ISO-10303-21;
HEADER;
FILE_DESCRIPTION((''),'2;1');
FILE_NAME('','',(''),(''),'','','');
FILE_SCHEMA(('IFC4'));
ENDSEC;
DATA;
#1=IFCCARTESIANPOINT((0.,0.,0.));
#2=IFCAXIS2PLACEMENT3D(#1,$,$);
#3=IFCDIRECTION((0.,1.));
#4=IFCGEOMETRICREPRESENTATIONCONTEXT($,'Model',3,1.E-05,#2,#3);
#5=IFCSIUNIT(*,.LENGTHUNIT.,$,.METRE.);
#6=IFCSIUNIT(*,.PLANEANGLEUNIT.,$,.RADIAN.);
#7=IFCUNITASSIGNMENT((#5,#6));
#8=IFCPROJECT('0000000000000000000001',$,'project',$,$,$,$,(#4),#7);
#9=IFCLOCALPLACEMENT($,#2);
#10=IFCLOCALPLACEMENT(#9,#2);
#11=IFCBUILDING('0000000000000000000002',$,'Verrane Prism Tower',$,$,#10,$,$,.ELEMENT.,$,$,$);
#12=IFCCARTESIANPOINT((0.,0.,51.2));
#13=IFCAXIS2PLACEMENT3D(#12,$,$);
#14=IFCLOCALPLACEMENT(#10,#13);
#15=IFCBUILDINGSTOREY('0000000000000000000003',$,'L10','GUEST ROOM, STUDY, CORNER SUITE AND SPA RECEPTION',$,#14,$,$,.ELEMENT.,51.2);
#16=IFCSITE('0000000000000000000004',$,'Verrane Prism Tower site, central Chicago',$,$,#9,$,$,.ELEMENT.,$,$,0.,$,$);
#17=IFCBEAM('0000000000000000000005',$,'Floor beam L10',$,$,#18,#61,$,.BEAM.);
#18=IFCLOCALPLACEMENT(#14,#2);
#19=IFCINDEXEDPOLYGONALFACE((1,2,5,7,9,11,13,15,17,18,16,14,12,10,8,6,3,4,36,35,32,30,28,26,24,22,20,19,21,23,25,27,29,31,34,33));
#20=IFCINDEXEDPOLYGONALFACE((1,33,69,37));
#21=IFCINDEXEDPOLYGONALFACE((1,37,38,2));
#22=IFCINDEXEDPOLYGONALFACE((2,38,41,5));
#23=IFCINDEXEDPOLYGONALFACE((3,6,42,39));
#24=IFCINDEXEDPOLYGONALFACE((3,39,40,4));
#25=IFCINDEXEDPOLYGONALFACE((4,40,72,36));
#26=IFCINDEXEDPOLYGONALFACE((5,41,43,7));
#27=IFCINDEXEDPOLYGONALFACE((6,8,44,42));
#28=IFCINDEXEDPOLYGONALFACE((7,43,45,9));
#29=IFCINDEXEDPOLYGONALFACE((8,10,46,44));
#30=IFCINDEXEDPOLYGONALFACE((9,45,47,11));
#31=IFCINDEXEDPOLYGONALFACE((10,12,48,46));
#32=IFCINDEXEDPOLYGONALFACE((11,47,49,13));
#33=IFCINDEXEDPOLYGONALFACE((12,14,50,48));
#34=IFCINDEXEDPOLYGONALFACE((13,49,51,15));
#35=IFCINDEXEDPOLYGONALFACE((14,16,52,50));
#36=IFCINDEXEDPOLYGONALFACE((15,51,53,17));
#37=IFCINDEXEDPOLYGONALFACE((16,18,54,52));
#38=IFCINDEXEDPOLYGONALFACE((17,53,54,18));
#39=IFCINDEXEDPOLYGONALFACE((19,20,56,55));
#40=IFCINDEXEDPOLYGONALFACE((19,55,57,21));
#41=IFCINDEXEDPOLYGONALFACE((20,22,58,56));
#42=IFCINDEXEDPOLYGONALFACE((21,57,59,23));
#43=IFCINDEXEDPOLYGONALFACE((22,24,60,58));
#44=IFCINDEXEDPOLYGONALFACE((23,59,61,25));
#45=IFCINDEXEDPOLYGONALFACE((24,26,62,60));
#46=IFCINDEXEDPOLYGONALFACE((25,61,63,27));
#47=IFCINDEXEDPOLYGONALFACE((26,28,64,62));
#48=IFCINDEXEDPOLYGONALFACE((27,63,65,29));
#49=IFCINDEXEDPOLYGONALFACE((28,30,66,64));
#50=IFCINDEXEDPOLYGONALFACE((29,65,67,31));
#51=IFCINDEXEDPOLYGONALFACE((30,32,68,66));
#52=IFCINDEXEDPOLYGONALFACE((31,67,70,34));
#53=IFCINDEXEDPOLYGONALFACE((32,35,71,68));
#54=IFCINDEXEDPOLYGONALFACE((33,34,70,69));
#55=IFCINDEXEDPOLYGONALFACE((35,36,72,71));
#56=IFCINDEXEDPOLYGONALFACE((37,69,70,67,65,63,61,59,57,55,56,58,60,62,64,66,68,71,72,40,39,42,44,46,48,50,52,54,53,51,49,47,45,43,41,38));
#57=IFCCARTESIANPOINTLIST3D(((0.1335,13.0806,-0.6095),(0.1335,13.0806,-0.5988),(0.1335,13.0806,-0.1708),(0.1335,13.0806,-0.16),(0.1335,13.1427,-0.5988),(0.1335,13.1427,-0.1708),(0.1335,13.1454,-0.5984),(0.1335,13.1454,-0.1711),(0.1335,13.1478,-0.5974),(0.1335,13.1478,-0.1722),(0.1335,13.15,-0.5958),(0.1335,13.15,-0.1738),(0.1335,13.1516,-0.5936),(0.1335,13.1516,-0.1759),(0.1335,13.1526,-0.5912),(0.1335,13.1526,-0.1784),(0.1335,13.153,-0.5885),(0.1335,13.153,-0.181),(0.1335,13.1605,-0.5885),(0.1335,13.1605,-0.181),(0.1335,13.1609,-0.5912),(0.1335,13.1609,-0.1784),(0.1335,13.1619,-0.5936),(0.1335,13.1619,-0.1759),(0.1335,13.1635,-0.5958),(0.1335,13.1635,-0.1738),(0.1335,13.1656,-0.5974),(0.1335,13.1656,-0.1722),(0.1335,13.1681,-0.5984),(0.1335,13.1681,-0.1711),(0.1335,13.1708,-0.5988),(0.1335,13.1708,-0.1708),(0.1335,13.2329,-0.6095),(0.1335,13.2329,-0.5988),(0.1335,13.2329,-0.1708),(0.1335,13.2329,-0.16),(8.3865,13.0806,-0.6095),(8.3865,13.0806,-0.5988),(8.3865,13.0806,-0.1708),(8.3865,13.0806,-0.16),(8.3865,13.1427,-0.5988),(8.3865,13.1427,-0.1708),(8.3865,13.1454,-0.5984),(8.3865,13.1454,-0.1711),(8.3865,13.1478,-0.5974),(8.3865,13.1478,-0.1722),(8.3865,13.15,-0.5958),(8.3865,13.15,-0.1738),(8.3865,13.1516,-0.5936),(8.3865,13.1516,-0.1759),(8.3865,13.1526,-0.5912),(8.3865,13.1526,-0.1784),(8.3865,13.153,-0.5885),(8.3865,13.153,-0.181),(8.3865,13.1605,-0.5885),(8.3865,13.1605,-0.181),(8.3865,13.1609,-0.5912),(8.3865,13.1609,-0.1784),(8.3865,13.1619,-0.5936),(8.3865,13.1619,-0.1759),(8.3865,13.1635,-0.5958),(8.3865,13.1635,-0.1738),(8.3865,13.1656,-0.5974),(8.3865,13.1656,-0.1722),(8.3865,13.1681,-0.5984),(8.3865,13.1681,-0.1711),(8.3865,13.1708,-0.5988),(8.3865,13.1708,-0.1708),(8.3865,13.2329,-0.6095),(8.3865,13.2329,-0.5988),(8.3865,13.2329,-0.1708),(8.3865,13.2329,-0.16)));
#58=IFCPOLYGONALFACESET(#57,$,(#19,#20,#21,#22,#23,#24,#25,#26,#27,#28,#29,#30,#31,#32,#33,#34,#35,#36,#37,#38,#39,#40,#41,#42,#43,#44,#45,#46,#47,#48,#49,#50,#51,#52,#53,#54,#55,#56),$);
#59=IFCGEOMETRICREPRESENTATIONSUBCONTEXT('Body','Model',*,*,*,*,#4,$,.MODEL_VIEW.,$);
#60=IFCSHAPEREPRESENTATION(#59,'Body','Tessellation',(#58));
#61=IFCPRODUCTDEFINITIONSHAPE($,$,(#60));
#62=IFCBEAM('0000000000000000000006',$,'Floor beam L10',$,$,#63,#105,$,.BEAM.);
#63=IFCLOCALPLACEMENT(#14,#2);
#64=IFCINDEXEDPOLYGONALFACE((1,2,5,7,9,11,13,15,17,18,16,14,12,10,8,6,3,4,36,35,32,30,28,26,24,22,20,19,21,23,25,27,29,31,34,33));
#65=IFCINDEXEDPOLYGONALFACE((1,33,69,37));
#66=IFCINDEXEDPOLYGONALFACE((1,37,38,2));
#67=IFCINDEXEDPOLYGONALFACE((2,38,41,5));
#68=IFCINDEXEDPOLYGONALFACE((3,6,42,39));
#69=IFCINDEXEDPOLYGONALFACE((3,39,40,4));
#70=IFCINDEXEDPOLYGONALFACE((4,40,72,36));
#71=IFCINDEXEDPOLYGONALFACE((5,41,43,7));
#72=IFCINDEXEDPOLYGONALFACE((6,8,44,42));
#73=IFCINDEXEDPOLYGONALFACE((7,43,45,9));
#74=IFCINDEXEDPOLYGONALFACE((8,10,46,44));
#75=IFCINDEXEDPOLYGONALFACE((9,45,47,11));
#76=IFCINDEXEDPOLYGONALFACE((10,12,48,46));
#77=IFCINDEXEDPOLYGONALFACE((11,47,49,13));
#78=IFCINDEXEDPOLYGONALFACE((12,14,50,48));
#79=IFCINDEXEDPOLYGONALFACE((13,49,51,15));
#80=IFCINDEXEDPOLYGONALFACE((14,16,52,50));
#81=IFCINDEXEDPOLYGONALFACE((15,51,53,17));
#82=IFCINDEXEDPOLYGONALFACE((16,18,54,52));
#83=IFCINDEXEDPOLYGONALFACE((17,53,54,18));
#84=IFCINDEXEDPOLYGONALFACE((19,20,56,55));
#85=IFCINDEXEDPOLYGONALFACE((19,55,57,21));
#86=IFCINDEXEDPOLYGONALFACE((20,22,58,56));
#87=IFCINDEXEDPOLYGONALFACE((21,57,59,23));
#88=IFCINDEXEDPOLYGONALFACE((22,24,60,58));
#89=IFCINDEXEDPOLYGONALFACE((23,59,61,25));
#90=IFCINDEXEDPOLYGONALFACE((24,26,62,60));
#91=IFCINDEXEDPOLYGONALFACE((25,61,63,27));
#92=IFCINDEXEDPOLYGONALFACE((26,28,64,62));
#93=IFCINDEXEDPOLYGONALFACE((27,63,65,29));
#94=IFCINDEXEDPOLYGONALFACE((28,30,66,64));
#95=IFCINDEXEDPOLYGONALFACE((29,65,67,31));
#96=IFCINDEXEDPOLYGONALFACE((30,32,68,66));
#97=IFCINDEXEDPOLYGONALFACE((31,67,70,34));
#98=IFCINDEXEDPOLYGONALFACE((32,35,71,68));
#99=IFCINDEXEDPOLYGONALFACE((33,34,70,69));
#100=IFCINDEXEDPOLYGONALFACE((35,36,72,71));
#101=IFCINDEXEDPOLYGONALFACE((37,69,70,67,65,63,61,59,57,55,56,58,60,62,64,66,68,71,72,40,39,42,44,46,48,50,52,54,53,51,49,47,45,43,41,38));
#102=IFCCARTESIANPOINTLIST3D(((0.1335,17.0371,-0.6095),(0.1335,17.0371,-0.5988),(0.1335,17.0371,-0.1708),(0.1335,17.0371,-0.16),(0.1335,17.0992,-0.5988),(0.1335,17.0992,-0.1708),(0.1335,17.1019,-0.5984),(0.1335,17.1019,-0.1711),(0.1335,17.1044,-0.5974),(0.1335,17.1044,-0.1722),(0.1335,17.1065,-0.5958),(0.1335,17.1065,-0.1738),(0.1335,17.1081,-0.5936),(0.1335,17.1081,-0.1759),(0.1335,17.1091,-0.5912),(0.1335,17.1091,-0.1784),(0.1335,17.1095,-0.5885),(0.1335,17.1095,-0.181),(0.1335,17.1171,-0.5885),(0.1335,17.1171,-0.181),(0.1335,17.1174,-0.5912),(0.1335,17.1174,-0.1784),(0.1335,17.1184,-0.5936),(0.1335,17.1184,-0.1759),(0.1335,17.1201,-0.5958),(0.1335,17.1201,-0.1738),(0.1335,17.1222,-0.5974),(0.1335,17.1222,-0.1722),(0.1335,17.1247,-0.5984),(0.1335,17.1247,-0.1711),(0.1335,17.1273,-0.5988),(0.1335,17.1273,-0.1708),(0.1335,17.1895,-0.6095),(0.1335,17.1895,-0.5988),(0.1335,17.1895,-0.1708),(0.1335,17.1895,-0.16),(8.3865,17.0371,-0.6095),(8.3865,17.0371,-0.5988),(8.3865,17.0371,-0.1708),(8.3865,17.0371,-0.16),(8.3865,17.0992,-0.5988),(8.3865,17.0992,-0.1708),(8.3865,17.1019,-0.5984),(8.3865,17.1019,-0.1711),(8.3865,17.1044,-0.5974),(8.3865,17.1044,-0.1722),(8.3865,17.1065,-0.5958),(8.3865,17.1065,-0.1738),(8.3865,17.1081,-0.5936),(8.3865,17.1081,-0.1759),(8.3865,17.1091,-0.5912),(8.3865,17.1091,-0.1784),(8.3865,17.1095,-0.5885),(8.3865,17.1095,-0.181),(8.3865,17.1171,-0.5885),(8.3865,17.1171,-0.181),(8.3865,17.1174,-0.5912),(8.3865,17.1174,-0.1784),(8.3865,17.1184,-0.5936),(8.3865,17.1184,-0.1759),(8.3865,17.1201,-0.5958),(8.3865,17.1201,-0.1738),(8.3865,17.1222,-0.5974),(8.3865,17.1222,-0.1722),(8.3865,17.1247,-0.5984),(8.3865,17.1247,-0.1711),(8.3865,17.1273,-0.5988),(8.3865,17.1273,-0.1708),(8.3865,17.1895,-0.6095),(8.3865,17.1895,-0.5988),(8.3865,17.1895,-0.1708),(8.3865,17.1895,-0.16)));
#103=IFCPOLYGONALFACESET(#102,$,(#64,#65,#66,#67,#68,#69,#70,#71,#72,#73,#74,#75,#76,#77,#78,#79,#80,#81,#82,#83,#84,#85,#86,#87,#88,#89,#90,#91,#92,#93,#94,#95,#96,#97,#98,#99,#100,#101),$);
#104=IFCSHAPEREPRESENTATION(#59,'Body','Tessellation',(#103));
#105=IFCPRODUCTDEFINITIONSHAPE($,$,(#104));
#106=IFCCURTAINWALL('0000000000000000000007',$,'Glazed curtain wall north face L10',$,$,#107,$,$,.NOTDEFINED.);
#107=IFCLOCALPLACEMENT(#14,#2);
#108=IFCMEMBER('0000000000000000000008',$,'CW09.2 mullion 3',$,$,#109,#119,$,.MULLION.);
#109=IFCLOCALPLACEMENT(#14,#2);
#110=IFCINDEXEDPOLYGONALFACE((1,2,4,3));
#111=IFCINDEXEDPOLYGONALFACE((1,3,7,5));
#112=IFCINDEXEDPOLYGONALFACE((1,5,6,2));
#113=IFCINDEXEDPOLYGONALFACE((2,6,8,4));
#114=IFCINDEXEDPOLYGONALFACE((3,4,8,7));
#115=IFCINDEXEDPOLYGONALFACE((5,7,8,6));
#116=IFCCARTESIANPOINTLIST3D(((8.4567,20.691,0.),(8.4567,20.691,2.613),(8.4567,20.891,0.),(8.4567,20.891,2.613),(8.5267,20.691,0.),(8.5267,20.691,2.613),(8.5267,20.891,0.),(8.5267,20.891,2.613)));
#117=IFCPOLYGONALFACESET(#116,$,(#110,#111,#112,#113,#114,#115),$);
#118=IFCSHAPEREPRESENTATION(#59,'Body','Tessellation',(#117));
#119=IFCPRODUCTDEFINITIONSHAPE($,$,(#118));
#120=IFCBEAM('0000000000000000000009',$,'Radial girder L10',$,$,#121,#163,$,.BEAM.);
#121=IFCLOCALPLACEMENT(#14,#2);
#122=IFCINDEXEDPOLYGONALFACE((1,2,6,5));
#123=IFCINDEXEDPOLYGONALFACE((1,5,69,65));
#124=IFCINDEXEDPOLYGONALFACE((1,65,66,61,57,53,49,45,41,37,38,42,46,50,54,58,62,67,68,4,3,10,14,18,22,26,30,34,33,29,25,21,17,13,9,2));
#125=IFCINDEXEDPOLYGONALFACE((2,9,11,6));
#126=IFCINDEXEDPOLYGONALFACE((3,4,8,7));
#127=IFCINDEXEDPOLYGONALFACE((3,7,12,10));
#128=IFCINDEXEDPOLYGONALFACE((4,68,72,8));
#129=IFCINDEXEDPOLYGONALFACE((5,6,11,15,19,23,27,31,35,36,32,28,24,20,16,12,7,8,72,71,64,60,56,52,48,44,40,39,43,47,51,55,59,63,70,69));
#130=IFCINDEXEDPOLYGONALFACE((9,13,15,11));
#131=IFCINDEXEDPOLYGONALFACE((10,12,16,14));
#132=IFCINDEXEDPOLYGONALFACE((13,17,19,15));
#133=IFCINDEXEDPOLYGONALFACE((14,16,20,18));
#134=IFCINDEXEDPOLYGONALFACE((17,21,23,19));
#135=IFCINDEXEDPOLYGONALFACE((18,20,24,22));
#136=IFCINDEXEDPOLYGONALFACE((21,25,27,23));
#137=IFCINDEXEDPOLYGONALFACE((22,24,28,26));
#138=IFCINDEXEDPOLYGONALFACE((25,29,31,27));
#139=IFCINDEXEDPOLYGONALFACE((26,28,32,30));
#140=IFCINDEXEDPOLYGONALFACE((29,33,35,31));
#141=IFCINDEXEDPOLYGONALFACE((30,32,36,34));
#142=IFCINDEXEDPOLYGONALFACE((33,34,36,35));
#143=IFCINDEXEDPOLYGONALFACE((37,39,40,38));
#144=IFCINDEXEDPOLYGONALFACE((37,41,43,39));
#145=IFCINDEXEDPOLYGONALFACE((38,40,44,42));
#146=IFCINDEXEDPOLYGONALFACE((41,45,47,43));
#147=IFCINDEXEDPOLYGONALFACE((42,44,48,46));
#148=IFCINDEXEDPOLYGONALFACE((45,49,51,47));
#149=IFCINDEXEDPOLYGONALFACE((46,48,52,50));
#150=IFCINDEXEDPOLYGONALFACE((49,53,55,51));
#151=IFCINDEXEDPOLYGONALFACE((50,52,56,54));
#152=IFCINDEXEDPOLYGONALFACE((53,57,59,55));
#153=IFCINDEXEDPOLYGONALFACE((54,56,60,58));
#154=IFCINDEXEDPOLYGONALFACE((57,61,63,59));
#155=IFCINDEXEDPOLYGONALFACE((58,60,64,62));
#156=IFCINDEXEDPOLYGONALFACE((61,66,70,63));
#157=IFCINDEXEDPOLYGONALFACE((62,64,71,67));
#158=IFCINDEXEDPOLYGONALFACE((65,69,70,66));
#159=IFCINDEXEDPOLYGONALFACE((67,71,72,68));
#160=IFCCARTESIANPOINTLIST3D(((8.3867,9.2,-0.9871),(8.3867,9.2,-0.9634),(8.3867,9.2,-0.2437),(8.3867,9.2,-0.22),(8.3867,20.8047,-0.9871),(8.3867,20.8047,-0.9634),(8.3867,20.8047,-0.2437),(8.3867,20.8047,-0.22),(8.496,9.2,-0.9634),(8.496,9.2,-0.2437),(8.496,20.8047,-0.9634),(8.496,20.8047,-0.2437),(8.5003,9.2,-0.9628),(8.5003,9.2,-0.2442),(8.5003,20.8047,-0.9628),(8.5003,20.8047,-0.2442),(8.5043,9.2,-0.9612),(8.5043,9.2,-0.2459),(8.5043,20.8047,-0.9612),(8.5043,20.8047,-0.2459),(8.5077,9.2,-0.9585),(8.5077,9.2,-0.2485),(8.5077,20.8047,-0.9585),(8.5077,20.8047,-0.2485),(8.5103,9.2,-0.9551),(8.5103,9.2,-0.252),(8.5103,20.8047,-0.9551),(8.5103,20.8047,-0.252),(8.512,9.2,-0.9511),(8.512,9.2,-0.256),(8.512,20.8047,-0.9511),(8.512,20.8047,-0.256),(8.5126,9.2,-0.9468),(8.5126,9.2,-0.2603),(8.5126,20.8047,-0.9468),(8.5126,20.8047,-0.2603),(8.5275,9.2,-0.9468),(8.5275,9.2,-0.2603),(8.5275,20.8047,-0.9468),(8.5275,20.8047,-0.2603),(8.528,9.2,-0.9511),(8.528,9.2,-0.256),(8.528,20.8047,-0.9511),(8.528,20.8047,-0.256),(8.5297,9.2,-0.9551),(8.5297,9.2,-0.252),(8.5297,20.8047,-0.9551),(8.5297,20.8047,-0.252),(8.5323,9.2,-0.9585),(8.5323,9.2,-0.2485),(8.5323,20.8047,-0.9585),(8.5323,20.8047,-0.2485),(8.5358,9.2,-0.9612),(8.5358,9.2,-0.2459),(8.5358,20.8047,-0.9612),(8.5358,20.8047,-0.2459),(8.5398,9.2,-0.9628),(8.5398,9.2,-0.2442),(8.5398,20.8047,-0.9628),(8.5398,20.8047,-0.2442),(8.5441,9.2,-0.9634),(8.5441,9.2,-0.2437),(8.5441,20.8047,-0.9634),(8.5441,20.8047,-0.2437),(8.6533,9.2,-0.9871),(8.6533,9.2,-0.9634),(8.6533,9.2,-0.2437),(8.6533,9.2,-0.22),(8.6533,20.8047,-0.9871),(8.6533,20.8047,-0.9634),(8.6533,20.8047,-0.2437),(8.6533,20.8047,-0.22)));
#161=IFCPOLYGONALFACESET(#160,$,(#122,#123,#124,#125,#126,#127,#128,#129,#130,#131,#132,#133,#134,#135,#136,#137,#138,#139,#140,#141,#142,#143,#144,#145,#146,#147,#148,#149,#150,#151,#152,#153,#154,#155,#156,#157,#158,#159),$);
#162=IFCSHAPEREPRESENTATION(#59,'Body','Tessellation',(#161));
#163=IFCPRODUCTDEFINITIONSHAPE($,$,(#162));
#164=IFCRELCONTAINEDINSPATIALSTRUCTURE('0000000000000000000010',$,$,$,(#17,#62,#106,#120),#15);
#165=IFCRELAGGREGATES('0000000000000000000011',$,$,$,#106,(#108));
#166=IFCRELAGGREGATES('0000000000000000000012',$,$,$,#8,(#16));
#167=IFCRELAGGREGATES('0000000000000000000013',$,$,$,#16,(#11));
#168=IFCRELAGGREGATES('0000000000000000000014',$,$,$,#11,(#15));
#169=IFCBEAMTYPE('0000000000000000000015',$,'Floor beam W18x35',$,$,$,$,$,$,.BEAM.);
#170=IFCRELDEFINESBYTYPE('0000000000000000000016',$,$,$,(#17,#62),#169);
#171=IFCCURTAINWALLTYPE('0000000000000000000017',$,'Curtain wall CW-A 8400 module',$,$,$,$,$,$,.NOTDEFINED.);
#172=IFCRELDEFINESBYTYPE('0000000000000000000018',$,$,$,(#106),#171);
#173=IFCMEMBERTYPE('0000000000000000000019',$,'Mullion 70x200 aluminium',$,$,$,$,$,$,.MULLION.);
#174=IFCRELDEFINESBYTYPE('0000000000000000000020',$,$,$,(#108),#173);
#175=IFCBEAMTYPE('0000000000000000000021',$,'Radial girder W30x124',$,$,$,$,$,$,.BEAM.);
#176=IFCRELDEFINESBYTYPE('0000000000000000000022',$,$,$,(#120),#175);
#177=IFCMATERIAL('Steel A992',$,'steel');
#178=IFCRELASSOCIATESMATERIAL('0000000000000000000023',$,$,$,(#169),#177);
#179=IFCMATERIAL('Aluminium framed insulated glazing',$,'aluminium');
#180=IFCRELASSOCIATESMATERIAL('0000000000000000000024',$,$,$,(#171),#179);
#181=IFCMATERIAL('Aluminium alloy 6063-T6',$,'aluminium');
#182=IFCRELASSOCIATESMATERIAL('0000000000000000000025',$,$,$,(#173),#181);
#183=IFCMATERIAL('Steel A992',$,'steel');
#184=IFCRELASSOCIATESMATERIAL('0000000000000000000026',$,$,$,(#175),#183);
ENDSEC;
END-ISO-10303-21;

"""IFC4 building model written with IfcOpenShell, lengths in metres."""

from ifc_helpers import new_model, si_unit, direction, frame, origin, origin_2d, place, context, subcontext, project, spatial, rectangle, i_section, extrude, material, material_profile, profile_set, type_object, element, aggregate, save


model = new_model("IFC4")

# Units and contexts
model_context = context("Model", 3, precision=1e-05, world=origin(), true_north=direction((0.0, 1.0)))
body_context = subcontext(model_context, "Body", "Model", "MODEL_VIEW")
ifc_project = project(units=[si_unit("LENGTHUNIT", "METRE"), si_unit("PLANEANGLEUNIT", "RADIAN")], contexts=[model_context])

# Site, building, storey
site_placement = place(None, origin())
site = spatial("IfcSite", under=ifc_project, at=site_placement, Name="Verrane Prism Tower site, central Chicago", CompositionType="ELEMENT", RefElevation=0.0)
building_placement = place(site_placement, origin())
building = spatial("IfcBuilding", under=site, at=building_placement, Name="Verrane Prism Tower", CompositionType="ELEMENT")
storey_placement = place(building_placement, frame((0.0, 0.0, 51.2)))
storey = spatial("IfcBuildingStorey", under=building, at=storey_placement, Name="L10", Description="GUEST ROOM, STUDY, CORNER SUITE AND SPA RECEPTION", CompositionType="ELEMENT", Elevation=51.2)

# Beams
ifc_material_1 = material(Name="Steel A992", Category="steel")
ifc_material_profile_1 = material_profile(ifc_material_1, i_section(OverallWidth=0.1523, OverallDepth=0.4495, WebThickness=0.0076, FlangeThickness=0.0107, FilletRadius=0.0103, at=origin_2d()), Name="W18x35")
ifc_profile_set_1 = profile_set([ifc_material_profile_1], Name="Steel A992")
beam_type_1 = type_object("IfcBeamType", Name="Floor beam W18x35", PredefinedType="BEAM", material=ifc_profile_set_1)
for number, where, z_axis, x_axis, name in (
    (1, (0.1335, 13.1567, -0.3848), (1.0, 0.0, 0.0), (0.0, 1.0, 0.0), "Floor beam L10"),
    (2, (0.1335, 17.1133, -0.3848), (1.0, 0.0, 0.0), (0.0, 1.0, 0.0), "Floor beam L10"),
):
    element("IfcBeam", number, at=place(storey_placement, frame(where, z_axis=z_axis, x_axis=x_axis)), inside=storey, type_object=beam_type_1, Name=name, PredefinedType="BEAM", context=body_context, shape_type="SweptSolid", body=[
        extrude(i_section(OverallWidth=0.1523, OverallDepth=0.4495, WebThickness=0.0076, FlangeThickness=0.0107, FilletRadius=0.0103, at=origin_2d()), origin(), (0.0, 0.0, 1.0), 8.2529),
    ])

# Curtain wall, member
ifc_material_2 = material(Name="Aluminium framed insulated glazing", Category="aluminium")
curtain_wall_type = type_object("IfcCurtainWallType", Name="Curtain wall CW-A 8400 module", PredefinedType="NOTDEFINED", material=ifc_material_2)
curtain_wall_placement = place(storey_placement, origin())
curtain_wall = element("IfcCurtainWall", 3, at=curtain_wall_placement, inside=storey, type_object=curtain_wall_type, Name="Glazed curtain wall north face L10", PredefinedType="NOTDEFINED")
ifc_material_3 = material(Name="Aluminium alloy 6063-T6", Category="aluminium")
ifc_material_profile_2 = material_profile(ifc_material_3, rectangle(XDim=0.2, YDim=0.0701, at=origin_2d()), Name="Mullion 70x200 aluminium")
ifc_profile_set_2 = profile_set([ifc_material_profile_2], Name="Aluminium alloy 6063-T6")
member_type_1 = type_object("IfcMemberType", Name="Mullion 70x200 aluminium", PredefinedType="MULLION", material=ifc_profile_set_2)
member_1_placement = place(storey_placement, frame((8.4917, 20.791, 0.0), z_axis=(0.0, 0.0, 1.0), x_axis=(0.0, -1.0, 0.0)))
member_1 = element("IfcMember", 4, at=member_1_placement, type_object=member_type_1, Name="CW09.2 mullion 3", PredefinedType="MULLION", context=body_context, shape_type="SweptSolid", body=[
    extrude(rectangle(XDim=0.2, YDim=0.0701, at=origin_2d()), origin(), (0.0, 0.0, 1.0), 2.613),
])

# Beam
ifc_material_4 = material(Name="Steel A992", Category="steel")
ifc_material_profile_3 = material_profile(ifc_material_4, i_section(OverallWidth=0.2666, OverallDepth=0.7671, WebThickness=0.0149, FlangeThickness=0.0237, FilletRadius=0.0166, at=origin_2d()), Name="W30x124")
ifc_profile_set_3 = profile_set([ifc_material_profile_3], Name="Steel A992")
beam_type_2 = type_object("IfcBeamType", Name="Radial girder W30x124", PredefinedType="BEAM", material=ifc_profile_set_3)
beam_1_placement = place(storey_placement, frame((8.52, 20.8047, -0.6035), z_axis=(0.0, -1.0, 0.0), x_axis=(1.0, 0.0, 0.0)))
element("IfcBeam", 5, at=beam_1_placement, inside=storey, type_object=beam_type_2, Name="Radial girder L10", PredefinedType="BEAM", context=body_context, shape_type="SweptSolid", body=[
    extrude(i_section(OverallWidth=0.2666, OverallDepth=0.7671, WebThickness=0.0149, FlangeThickness=0.0237, FilletRadius=0.0166, at=origin_2d()), origin(), (0.0, 0.0, 1.0), 11.6047),
])

aggregate(curtain_wall, [member_1])

save(model, "model.ifc")
